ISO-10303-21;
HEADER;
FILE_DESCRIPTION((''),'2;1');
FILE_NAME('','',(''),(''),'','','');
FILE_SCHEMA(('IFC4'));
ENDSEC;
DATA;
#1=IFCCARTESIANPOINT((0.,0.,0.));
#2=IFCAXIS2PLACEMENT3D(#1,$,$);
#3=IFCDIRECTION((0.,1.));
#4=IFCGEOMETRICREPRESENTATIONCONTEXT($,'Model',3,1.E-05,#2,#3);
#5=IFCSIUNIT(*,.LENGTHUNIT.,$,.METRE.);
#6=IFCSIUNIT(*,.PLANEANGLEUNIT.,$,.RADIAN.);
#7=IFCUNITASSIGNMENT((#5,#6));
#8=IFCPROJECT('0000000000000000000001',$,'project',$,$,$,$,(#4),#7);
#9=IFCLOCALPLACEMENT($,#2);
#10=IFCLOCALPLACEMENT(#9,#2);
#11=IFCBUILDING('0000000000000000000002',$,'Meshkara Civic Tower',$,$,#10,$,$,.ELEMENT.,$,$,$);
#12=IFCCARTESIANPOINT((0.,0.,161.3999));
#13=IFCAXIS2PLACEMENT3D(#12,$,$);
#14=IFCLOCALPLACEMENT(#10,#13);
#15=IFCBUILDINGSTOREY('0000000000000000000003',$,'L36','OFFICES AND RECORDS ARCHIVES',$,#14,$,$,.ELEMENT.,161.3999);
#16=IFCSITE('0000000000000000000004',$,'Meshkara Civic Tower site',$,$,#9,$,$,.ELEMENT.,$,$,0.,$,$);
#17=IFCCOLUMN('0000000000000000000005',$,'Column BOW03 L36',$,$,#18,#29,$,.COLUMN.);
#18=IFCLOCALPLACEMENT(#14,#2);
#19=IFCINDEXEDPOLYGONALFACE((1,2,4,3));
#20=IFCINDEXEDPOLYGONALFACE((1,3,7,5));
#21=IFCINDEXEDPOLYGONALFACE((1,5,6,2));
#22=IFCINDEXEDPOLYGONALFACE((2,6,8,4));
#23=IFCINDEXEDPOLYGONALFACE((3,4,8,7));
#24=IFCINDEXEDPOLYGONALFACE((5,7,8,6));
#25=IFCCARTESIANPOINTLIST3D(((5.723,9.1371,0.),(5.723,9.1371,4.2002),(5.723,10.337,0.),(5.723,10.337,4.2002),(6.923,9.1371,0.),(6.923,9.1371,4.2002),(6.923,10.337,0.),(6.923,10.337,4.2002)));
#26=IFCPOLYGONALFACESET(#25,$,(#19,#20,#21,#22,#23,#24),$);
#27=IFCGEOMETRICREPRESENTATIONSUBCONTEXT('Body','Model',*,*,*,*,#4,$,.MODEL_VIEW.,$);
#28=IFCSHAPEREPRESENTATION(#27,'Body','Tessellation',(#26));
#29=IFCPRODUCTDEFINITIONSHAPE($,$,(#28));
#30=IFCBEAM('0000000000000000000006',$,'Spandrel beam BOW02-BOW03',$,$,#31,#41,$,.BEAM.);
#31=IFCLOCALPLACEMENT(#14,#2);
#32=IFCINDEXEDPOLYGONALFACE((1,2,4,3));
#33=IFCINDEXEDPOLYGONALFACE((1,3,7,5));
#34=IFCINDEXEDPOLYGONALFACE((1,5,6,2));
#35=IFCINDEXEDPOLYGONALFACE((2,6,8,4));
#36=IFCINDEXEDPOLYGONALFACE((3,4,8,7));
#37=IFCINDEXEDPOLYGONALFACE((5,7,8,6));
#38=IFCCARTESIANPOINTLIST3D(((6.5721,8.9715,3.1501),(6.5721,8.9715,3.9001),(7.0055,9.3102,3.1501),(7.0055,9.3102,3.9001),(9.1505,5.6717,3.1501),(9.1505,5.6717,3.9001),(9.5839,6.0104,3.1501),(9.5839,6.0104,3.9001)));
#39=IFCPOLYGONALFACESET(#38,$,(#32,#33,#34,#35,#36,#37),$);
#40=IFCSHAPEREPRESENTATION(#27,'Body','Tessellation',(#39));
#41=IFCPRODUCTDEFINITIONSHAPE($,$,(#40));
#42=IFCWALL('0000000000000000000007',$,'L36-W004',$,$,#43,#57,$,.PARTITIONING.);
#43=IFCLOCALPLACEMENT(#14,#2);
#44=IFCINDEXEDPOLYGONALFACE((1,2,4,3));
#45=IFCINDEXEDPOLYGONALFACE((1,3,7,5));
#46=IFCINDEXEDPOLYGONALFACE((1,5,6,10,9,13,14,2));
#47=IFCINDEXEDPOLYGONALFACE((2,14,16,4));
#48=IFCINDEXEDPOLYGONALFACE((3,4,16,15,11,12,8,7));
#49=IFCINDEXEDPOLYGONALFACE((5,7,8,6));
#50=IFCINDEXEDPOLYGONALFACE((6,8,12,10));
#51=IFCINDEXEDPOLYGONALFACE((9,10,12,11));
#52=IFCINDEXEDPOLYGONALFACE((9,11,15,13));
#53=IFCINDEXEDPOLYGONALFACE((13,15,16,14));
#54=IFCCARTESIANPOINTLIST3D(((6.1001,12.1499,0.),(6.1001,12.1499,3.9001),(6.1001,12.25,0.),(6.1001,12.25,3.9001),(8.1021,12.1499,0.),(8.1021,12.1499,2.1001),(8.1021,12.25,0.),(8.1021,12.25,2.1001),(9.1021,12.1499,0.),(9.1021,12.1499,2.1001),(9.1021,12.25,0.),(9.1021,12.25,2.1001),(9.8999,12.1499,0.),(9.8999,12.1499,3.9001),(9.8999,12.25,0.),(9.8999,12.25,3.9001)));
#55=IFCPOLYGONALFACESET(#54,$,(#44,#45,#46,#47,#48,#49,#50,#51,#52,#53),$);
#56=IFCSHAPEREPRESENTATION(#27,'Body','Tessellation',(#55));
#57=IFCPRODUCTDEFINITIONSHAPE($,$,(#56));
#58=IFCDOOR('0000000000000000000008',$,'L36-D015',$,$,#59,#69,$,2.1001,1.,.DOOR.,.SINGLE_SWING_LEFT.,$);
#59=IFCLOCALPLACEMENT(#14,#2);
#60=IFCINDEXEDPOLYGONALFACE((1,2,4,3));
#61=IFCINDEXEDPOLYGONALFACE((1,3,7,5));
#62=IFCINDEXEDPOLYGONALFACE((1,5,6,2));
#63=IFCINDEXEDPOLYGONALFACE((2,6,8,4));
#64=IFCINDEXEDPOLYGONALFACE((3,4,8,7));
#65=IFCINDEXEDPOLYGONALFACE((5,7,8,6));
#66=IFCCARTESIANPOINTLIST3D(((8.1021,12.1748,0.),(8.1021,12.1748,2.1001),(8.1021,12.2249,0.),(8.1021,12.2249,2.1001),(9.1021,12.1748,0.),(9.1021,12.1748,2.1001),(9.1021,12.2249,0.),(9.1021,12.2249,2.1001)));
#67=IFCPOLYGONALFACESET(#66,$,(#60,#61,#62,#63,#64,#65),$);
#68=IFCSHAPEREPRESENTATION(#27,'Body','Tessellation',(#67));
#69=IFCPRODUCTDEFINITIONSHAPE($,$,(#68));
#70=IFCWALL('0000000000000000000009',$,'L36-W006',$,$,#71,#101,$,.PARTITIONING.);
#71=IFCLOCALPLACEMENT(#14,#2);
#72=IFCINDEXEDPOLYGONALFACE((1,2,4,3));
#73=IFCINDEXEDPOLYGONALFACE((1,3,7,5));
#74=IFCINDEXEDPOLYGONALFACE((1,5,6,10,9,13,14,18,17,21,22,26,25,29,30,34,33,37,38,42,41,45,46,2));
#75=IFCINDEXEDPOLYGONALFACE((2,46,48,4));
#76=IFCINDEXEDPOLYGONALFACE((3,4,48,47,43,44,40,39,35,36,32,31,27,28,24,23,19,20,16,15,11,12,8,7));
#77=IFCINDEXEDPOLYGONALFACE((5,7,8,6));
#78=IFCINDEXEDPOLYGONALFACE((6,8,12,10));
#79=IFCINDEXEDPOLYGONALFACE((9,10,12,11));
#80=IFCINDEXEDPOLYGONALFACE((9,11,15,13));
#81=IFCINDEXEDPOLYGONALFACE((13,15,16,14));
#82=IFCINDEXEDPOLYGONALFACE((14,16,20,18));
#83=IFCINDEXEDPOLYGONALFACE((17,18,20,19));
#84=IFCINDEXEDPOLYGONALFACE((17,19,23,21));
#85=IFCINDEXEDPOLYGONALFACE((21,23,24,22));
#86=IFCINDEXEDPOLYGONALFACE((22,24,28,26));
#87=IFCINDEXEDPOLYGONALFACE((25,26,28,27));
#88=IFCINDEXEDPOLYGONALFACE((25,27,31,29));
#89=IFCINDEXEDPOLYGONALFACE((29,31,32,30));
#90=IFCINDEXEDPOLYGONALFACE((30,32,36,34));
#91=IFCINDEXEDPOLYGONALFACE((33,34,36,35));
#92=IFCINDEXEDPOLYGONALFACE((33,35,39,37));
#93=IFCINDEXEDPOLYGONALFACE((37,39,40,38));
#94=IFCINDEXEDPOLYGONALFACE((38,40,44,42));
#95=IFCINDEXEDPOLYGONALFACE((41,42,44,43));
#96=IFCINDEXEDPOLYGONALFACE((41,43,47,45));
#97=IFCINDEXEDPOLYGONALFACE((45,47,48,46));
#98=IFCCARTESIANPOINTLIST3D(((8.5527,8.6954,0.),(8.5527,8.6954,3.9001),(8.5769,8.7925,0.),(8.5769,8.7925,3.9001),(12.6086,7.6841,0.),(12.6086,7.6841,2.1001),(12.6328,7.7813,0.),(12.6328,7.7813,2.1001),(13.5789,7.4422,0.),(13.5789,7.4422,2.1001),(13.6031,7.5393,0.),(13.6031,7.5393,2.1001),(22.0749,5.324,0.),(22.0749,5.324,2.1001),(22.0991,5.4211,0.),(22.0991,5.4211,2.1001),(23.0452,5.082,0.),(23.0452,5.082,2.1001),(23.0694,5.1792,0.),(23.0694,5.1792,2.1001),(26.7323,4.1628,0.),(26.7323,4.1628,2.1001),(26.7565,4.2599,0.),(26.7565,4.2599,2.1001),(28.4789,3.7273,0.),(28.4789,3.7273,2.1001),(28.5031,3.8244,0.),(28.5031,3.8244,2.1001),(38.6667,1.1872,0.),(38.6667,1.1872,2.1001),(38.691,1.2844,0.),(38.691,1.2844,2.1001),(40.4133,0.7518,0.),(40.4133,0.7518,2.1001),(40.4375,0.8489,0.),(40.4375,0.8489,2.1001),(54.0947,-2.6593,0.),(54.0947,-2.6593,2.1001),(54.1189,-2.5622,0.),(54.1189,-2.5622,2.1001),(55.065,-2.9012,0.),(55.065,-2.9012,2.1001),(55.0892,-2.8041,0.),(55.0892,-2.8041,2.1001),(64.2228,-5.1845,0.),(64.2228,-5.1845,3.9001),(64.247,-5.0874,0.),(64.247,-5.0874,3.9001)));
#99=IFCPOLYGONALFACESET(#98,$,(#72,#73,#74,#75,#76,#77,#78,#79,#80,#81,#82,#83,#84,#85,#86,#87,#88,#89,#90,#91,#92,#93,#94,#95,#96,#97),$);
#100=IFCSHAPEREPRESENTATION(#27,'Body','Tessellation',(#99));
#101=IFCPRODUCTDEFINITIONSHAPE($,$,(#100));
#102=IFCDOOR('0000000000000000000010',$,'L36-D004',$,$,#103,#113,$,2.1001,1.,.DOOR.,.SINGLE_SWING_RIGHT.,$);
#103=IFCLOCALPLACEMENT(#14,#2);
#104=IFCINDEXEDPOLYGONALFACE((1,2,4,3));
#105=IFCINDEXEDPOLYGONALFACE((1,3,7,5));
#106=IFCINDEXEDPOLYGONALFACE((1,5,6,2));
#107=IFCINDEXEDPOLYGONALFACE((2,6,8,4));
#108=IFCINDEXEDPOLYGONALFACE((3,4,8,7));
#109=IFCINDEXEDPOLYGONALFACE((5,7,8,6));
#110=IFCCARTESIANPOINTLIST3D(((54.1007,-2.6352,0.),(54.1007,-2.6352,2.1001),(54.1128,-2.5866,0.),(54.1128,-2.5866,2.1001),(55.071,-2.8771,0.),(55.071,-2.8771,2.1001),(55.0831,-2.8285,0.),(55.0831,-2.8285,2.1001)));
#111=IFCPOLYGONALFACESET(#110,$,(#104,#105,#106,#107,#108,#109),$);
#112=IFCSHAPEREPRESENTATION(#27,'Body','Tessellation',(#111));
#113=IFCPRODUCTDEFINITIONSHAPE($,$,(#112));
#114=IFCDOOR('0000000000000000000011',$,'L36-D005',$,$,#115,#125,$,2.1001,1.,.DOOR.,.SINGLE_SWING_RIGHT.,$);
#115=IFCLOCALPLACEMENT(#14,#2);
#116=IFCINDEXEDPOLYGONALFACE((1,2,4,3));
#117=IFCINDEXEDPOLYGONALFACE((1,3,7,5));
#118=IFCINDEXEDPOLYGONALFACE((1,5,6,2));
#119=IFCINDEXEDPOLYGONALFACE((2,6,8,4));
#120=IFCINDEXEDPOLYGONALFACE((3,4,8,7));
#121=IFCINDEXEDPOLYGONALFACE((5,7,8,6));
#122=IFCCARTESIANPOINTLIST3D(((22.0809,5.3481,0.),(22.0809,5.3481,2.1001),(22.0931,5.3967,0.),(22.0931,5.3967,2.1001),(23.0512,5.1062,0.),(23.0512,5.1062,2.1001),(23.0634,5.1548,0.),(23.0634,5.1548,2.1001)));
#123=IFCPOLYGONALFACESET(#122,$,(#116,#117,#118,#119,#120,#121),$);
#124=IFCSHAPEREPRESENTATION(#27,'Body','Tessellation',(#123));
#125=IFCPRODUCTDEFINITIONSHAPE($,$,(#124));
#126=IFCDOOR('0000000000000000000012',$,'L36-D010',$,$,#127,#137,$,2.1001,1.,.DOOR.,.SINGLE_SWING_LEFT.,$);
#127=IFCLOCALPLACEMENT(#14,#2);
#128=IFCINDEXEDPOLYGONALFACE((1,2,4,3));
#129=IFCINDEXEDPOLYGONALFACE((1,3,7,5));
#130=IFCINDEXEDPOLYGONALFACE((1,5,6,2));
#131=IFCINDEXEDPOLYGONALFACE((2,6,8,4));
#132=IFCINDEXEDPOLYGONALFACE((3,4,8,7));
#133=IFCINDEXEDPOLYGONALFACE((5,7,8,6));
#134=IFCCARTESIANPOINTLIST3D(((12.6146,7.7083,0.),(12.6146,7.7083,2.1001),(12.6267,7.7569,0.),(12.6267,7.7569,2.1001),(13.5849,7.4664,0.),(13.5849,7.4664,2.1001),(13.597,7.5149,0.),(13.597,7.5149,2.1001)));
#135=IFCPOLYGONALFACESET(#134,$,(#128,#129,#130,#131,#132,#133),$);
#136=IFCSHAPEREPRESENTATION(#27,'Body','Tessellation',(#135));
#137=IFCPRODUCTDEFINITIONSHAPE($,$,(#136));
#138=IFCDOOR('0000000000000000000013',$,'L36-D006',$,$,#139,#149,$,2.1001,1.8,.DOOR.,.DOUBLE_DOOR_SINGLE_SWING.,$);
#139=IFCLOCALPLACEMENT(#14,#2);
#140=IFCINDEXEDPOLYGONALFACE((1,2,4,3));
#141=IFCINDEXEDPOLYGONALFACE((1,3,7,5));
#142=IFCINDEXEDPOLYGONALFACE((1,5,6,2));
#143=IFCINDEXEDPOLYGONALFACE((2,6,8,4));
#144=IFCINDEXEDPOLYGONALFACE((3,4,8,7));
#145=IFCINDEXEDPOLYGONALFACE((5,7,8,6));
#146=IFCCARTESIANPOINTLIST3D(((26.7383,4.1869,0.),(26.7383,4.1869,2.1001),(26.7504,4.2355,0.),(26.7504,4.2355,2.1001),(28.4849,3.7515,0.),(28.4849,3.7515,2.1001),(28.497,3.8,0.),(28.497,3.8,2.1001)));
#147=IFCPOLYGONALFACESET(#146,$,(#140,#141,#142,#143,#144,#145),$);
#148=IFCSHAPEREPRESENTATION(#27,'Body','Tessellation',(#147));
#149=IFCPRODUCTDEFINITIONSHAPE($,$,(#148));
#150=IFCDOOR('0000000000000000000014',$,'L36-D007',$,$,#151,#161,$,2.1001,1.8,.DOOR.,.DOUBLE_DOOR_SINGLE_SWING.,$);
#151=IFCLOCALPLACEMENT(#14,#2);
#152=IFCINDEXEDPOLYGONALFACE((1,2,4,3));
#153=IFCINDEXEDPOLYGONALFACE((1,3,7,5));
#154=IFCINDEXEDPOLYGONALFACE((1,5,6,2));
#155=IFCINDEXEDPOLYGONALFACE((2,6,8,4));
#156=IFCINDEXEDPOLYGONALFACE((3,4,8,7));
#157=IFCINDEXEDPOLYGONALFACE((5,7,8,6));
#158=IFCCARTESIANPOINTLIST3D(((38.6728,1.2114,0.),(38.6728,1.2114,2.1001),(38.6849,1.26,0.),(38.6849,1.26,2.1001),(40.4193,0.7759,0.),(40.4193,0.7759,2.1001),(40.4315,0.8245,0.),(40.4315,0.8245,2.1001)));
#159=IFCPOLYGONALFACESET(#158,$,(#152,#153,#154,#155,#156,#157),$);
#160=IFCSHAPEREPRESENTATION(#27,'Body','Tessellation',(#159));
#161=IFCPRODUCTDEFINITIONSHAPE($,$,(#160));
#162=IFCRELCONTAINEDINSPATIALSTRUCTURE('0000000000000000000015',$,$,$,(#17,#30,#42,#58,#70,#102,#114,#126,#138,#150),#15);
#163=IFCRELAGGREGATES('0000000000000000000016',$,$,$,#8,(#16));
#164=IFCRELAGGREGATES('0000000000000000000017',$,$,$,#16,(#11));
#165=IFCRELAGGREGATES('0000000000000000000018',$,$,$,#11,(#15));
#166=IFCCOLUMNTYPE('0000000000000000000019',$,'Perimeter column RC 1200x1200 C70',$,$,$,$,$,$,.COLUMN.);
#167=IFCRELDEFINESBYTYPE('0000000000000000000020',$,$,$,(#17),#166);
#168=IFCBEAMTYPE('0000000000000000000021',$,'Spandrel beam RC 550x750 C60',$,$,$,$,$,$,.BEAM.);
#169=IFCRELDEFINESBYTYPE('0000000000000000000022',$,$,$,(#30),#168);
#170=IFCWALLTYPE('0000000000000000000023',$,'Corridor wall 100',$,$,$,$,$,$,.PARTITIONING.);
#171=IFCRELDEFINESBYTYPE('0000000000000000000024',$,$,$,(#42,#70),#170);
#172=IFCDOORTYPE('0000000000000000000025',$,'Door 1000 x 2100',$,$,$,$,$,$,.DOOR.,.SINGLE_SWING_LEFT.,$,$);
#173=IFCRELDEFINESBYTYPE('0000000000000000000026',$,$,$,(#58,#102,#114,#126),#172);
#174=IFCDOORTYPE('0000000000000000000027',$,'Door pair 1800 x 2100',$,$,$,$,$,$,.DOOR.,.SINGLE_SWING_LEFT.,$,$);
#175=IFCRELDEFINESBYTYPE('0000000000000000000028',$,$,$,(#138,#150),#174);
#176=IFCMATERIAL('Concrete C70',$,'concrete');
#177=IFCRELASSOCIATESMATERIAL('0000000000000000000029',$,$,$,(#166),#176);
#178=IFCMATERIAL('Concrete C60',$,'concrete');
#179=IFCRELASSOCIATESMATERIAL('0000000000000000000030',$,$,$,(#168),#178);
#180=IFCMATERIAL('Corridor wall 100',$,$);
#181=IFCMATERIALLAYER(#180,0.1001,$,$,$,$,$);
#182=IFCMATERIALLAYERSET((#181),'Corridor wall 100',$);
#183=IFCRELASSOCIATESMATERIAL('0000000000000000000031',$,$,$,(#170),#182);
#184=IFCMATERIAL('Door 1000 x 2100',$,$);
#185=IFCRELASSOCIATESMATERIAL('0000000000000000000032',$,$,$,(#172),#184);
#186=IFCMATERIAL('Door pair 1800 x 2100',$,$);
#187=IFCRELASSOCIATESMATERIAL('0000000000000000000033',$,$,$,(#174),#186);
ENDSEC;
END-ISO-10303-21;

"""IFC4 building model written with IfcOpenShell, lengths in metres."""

from ifc_helpers import new_model, si_unit, direction, frame, frame_2d, origin, origin_2d, place, context, subcontext, project, spatial, rectangle, extrude, material, layer, layer_set, material_profile, profile_set, type_object, element, fill, save


model = new_model("IFC4")

# Units and contexts
model_context = context("Model", 3, precision=1e-05, world=origin(), true_north=direction((0.0, 1.0)))
body_context = subcontext(model_context, "Body", "Model", "MODEL_VIEW")
ifc_project = project(units=[si_unit("LENGTHUNIT", "METRE"), si_unit("PLANEANGLEUNIT", "RADIAN")], contexts=[model_context])

# Site, building, storey
site_placement = place(None, origin())
site = spatial("IfcSite", under=ifc_project, at=site_placement, Name="Meshkara Civic Tower site", CompositionType="ELEMENT", RefElevation=0.0)
building_placement = place(site_placement, origin())
building = spatial("IfcBuilding", under=site, at=building_placement, Name="Meshkara Civic Tower", CompositionType="ELEMENT")
storey_placement = place(building_placement, frame((0.0, 0.0, 161.3999)))
storey = spatial("IfcBuildingStorey", under=building, at=storey_placement, Name="L36", Description="OFFICES AND RECORDS ARCHIVES", CompositionType="ELEMENT", Elevation=161.3999)

# Column
ifc_material_1 = material(Name="Concrete C70", Category="concrete")
ifc_material_profile_1 = material_profile(ifc_material_1, rectangle(XDim=1.2, YDim=1.2, at=origin_2d()))
ifc_profile_set_1 = profile_set([ifc_material_profile_1], Name="Concrete C70")
column_type = type_object("IfcColumnType", Name="Perimeter column RC 1200x1200 C70", PredefinedType="COLUMN", material=ifc_profile_set_1)
column_placement = place(storey_placement, frame((6.323, 9.7371, 0.0), z_axis=(0.0, 0.0, 1.0), x_axis=(1.0, 0.0, 0.0)))
element("IfcColumn", 1, at=column_placement, inside=storey, type_object=column_type, Name="Column BOW03 L36", PredefinedType="COLUMN", context=body_context, shape_type="SweptSolid", body=[
    extrude(rectangle(XDim=1.2, YDim=1.2, at=origin_2d()), origin(), (0.0, 0.0, 1.0), 4.2002),
])

# Beam
ifc_material_2 = material(Name="Concrete C60", Category="concrete")
ifc_material_profile_2 = material_profile(ifc_material_2, rectangle(XDim=0.55, YDim=0.75, at=origin_2d()))
ifc_profile_set_2 = profile_set([ifc_material_profile_2], Name="Concrete C60")
beam_type = type_object("IfcBeamType", Name="Spandrel beam RC 550x750 C60", PredefinedType="BEAM", material=ifc_profile_set_2)
beam_placement = place(storey_placement, frame((6.7888, 9.1409, 3.5251), z_axis=(0.615703, -0.787978, 0.0), x_axis=(0.787978, 0.615703, 0.0)))
element("IfcBeam", 2, at=beam_placement, inside=storey, type_object=beam_type, Name="Spandrel beam BOW02-BOW03", PredefinedType="BEAM", context=body_context, shape_type="SweptSolid", body=[
    extrude(rectangle(XDim=0.55, YDim=0.75, at=origin_2d()), origin(), (0.0, 0.0, 1.0), 4.1877),
])

# Wall, opening, door
ifc_material_3 = material(Name="Corridor wall 100")
ifc_layer_1 = layer(ifc_material_3, 0.1001)
ifc_layer_set_1 = layer_set([ifc_layer_1], Name="Corridor wall 100")
wall_type_1 = type_object("IfcWallType", Name="Corridor wall 100", PredefinedType="PARTITIONING", material=ifc_layer_set_1)
wall_1_placement = place(storey_placement, frame((6.1001, 12.2, 0.0), z_axis=(0.0, 0.0, 1.0), x_axis=(1.0, 0.0, 0.0)))
wall_1 = element("IfcWall", 3, at=wall_1_placement, inside=storey, type_object=wall_type_1, Name="L36-W004", PredefinedType="PARTITIONING", context=body_context, shape_type="SweptSolid", body=[
    extrude(rectangle(XDim=3.7998, YDim=0.1001, at=frame_2d((1.8999, 0.0))), origin(), (0.0, 0.0, 1.0), 3.9001),
])
opening_1_placement = place(wall_1_placement, frame((2.002, 0.0, 0.0)))
opening_1 = element("IfcOpeningElement", 4, at=opening_1_placement, cuts=wall_1, PredefinedType="OPENING", context=body_context, shape_type="SweptSolid", body=[
    extrude(rectangle(XDim=1.0, YDim=2.1001, at=frame_2d((0.5, 1.05))), frame((0.0, 0.0601, 0.0), z_axis=(0.0, -1.0, 0.0), x_axis=(1.0, 0.0, 0.0)), (0.0, 0.0, 1.0), 0.1201),
])
ifc_material_4 = material(Name="Door 1000 x 2100")
door_type_1 = type_object("IfcDoorType", Name="Door 1000 x 2100", OperationType="SINGLE_SWING_LEFT", PredefinedType="DOOR", material=ifc_material_4)
door_1_placement = place(opening_1_placement, origin())
door_1 = element("IfcDoor", 5, at=door_1_placement, inside=storey, type_object=door_type_1, Name="L36-D015", OperationType="SINGLE_SWING_LEFT", OverallHeight=2.1001, OverallWidth=1.0, PredefinedType="DOOR", context=body_context, shape_type="SweptSolid", body=[
    extrude(rectangle(XDim=1.0, YDim=2.1001, at=frame_2d((0.5, 1.05))), frame((0.0, 0.0249, 0.0), z_axis=(0.0, -1.0, 0.0), x_axis=(1.0, 0.0, 0.0)), (0.0, 0.0, 1.0), 0.05),
])
fill(opening_1, door_1)

# Wall, openings, doors
wall_2_placement = place(storey_placement, frame((8.5649, 8.7439, 0.0), z_axis=(0.0, 0.0, 1.0), x_axis=(0.970297, -0.241918, 0.0)))
wall_2 = element("IfcWall", 6, at=wall_2_placement, inside=storey, type_object=wall_type_1, Name="L36-W006", PredefinedType="PARTITIONING", context=body_context, shape_type="SweptSolid", body=[
    extrude(rectangle(XDim=57.3743, YDim=0.1001, at=frame_2d((28.687, 0.0))), origin(), (0.0, 0.0, 1.0), 3.9001),
])
opening_2_placement = place(wall_2_placement, frame((46.936, 0.0, 0.0)))
opening_2 = element("IfcOpeningElement", 7, at=opening_2_placement, cuts=wall_2, PredefinedType="OPENING", context=body_context, shape_type="SweptSolid", body=[
    extrude(rectangle(XDim=1.0, YDim=2.1001, at=frame_2d((0.5, 1.05))), frame((0.0, 0.0601, 0.0), z_axis=(0.0, -1.0, 0.0), x_axis=(1.0, 0.0, 0.0)), (0.0, 0.0, 1.0), 0.1201),
])
opening_3_placement = place(wall_2_placement, frame((13.936, 0.0, 0.0)))
opening_3 = element("IfcOpeningElement", 8, at=opening_3_placement, cuts=wall_2, PredefinedType="OPENING", context=body_context, shape_type="SweptSolid", body=[
    extrude(rectangle(XDim=1.0, YDim=2.1001, at=frame_2d((0.5, 1.05))), frame((0.0, 0.0601, 0.0), z_axis=(0.0, -1.0, 0.0), x_axis=(1.0, 0.0, 0.0)), (0.0, 0.0, 1.0), 0.1201),
])
opening_4_placement = place(wall_2_placement, frame((18.7361, 0.0, 0.0)))
opening_4 = element("IfcOpeningElement", 9, at=opening_4_placement, cuts=wall_2, PredefinedType="OPENING", context=body_context, shape_type="SweptSolid", body=[
    extrude(rectangle(XDim=1.8, YDim=2.1001, at=frame_2d((0.8999, 1.05))), frame((0.0, 0.0601, 0.0), z_axis=(0.0, -1.0, 0.0), x_axis=(1.0, 0.0, 0.0)), (0.0, 0.0, 1.0), 0.1201),
])
opening_5_placement = place(wall_2_placement, frame((31.0359, 0.0, 0.0)))
opening_5 = element("IfcOpeningElement", 10, at=opening_5_placement, cuts=wall_2, PredefinedType="OPENING", context=body_context, shape_type="SweptSolid", body=[
    extrude(rectangle(XDim=1.8, YDim=2.1001, at=frame_2d((0.8999, 1.05))), frame((0.0, 0.0601, 0.0), z_axis=(0.0, -1.0, 0.0), x_axis=(1.0, 0.0, 0.0)), (0.0, 0.0, 1.0), 0.1201),
])
opening_6_placement = place(wall_2_placement, frame((4.1799, 0.0, 0.0)))
opening_6 = element("IfcOpeningElement", 11, at=opening_6_placement, cuts=wall_2, PredefinedType="OPENING", context=body_context, shape_type="SweptSolid", body=[
    extrude(rectangle(XDim=1.0, YDim=2.1001, at=frame_2d((0.5, 1.05))), frame((0.0, 0.0601, 0.0), z_axis=(0.0, -1.0, 0.0), x_axis=(1.0, 0.0, 0.0)), (0.0, 0.0, 1.0), 0.1201),
])
door_2_placement = place(opening_2_placement, origin())
door_2 = element("IfcDoor", 12, at=door_2_placement, inside=storey, type_object=door_type_1, Name="L36-D004", OperationType="SINGLE_SWING_RIGHT", OverallHeight=2.1001, OverallWidth=1.0, PredefinedType="DOOR", context=body_context, shape_type="SweptSolid", body=[
    extrude(rectangle(XDim=1.0, YDim=2.1001, at=frame_2d((0.5, 1.05))), frame((0.0, 0.0249, 0.0), z_axis=(0.0, -1.0, 0.0), x_axis=(1.0, 0.0, 0.0)), (0.0, 0.0, 1.0), 0.05),
])
fill(opening_2, door_2)
door_3_placement = place(opening_3_placement, origin())
door_3 = element("IfcDoor", 13, at=door_3_placement, inside=storey, type_object=door_type_1, Name="L36-D005", OperationType="SINGLE_SWING_RIGHT", OverallHeight=2.1001, OverallWidth=1.0, PredefinedType="DOOR", context=body_context, shape_type="SweptSolid", body=[
    extrude(rectangle(XDim=1.0, YDim=2.1001, at=frame_2d((0.5, 1.05))), frame((0.0, 0.0249, 0.0), z_axis=(0.0, -1.0, 0.0), x_axis=(1.0, 0.0, 0.0)), (0.0, 0.0, 1.0), 0.05),
])
fill(opening_3, door_3)
door_4_placement = place(opening_6_placement, origin())
door_4 = element("IfcDoor", 14, at=door_4_placement, inside=storey, type_object=door_type_1, Name="L36-D010", OperationType="SINGLE_SWING_LEFT", OverallHeight=2.1001, OverallWidth=1.0, PredefinedType="DOOR", context=body_context, shape_type="SweptSolid", body=[
    extrude(rectangle(XDim=1.0, YDim=2.1001, at=frame_2d((0.5, 1.05))), frame((0.0, 0.0249, 0.0), z_axis=(0.0, -1.0, 0.0), x_axis=(1.0, 0.0, 0.0)), (0.0, 0.0, 1.0), 0.05),
])
fill(opening_6, door_4)
ifc_material_5 = material(Name="Door pair 1800 x 2100")
door_type_2 = type_object("IfcDoorType", Name="Door pair 1800 x 2100", OperationType="SINGLE_SWING_LEFT", PredefinedType="DOOR", material=ifc_material_5)
door_5_placement = place(opening_4_placement, origin())
door_5 = element("IfcDoor", 15, at=door_5_placement, inside=storey, type_object=door_type_2, Name="L36-D006", OperationType="DOUBLE_DOOR_SINGLE_SWING", OverallHeight=2.1001, OverallWidth=1.8, PredefinedType="DOOR", context=body_context, shape_type="SweptSolid", body=[
    extrude(rectangle(XDim=1.8, YDim=2.1001, at=frame_2d((0.8999, 1.05))), frame((0.0, 0.0249, 0.0), z_axis=(0.0, -1.0, 0.0), x_axis=(1.0, 0.0, 0.0)), (0.0, 0.0, 1.0), 0.05),
])
fill(opening_4, door_5)
door_6_placement = place(opening_5_placement, origin())
door_6 = element("IfcDoor", 16, at=door_6_placement, inside=storey, type_object=door_type_2, Name="L36-D007", OperationType="DOUBLE_DOOR_SINGLE_SWING", OverallHeight=2.1001, OverallWidth=1.8, PredefinedType="DOOR", context=body_context, shape_type="SweptSolid", body=[
    extrude(rectangle(XDim=1.8, YDim=2.1001, at=frame_2d((0.8999, 1.05))), frame((0.0, 0.0249, 0.0), z_axis=(0.0, -1.0, 0.0), x_axis=(1.0, 0.0, 0.0)), (0.0, 0.0, 1.0), 0.05),
])
fill(opening_5, door_6)

save(model, "model.ifc")
